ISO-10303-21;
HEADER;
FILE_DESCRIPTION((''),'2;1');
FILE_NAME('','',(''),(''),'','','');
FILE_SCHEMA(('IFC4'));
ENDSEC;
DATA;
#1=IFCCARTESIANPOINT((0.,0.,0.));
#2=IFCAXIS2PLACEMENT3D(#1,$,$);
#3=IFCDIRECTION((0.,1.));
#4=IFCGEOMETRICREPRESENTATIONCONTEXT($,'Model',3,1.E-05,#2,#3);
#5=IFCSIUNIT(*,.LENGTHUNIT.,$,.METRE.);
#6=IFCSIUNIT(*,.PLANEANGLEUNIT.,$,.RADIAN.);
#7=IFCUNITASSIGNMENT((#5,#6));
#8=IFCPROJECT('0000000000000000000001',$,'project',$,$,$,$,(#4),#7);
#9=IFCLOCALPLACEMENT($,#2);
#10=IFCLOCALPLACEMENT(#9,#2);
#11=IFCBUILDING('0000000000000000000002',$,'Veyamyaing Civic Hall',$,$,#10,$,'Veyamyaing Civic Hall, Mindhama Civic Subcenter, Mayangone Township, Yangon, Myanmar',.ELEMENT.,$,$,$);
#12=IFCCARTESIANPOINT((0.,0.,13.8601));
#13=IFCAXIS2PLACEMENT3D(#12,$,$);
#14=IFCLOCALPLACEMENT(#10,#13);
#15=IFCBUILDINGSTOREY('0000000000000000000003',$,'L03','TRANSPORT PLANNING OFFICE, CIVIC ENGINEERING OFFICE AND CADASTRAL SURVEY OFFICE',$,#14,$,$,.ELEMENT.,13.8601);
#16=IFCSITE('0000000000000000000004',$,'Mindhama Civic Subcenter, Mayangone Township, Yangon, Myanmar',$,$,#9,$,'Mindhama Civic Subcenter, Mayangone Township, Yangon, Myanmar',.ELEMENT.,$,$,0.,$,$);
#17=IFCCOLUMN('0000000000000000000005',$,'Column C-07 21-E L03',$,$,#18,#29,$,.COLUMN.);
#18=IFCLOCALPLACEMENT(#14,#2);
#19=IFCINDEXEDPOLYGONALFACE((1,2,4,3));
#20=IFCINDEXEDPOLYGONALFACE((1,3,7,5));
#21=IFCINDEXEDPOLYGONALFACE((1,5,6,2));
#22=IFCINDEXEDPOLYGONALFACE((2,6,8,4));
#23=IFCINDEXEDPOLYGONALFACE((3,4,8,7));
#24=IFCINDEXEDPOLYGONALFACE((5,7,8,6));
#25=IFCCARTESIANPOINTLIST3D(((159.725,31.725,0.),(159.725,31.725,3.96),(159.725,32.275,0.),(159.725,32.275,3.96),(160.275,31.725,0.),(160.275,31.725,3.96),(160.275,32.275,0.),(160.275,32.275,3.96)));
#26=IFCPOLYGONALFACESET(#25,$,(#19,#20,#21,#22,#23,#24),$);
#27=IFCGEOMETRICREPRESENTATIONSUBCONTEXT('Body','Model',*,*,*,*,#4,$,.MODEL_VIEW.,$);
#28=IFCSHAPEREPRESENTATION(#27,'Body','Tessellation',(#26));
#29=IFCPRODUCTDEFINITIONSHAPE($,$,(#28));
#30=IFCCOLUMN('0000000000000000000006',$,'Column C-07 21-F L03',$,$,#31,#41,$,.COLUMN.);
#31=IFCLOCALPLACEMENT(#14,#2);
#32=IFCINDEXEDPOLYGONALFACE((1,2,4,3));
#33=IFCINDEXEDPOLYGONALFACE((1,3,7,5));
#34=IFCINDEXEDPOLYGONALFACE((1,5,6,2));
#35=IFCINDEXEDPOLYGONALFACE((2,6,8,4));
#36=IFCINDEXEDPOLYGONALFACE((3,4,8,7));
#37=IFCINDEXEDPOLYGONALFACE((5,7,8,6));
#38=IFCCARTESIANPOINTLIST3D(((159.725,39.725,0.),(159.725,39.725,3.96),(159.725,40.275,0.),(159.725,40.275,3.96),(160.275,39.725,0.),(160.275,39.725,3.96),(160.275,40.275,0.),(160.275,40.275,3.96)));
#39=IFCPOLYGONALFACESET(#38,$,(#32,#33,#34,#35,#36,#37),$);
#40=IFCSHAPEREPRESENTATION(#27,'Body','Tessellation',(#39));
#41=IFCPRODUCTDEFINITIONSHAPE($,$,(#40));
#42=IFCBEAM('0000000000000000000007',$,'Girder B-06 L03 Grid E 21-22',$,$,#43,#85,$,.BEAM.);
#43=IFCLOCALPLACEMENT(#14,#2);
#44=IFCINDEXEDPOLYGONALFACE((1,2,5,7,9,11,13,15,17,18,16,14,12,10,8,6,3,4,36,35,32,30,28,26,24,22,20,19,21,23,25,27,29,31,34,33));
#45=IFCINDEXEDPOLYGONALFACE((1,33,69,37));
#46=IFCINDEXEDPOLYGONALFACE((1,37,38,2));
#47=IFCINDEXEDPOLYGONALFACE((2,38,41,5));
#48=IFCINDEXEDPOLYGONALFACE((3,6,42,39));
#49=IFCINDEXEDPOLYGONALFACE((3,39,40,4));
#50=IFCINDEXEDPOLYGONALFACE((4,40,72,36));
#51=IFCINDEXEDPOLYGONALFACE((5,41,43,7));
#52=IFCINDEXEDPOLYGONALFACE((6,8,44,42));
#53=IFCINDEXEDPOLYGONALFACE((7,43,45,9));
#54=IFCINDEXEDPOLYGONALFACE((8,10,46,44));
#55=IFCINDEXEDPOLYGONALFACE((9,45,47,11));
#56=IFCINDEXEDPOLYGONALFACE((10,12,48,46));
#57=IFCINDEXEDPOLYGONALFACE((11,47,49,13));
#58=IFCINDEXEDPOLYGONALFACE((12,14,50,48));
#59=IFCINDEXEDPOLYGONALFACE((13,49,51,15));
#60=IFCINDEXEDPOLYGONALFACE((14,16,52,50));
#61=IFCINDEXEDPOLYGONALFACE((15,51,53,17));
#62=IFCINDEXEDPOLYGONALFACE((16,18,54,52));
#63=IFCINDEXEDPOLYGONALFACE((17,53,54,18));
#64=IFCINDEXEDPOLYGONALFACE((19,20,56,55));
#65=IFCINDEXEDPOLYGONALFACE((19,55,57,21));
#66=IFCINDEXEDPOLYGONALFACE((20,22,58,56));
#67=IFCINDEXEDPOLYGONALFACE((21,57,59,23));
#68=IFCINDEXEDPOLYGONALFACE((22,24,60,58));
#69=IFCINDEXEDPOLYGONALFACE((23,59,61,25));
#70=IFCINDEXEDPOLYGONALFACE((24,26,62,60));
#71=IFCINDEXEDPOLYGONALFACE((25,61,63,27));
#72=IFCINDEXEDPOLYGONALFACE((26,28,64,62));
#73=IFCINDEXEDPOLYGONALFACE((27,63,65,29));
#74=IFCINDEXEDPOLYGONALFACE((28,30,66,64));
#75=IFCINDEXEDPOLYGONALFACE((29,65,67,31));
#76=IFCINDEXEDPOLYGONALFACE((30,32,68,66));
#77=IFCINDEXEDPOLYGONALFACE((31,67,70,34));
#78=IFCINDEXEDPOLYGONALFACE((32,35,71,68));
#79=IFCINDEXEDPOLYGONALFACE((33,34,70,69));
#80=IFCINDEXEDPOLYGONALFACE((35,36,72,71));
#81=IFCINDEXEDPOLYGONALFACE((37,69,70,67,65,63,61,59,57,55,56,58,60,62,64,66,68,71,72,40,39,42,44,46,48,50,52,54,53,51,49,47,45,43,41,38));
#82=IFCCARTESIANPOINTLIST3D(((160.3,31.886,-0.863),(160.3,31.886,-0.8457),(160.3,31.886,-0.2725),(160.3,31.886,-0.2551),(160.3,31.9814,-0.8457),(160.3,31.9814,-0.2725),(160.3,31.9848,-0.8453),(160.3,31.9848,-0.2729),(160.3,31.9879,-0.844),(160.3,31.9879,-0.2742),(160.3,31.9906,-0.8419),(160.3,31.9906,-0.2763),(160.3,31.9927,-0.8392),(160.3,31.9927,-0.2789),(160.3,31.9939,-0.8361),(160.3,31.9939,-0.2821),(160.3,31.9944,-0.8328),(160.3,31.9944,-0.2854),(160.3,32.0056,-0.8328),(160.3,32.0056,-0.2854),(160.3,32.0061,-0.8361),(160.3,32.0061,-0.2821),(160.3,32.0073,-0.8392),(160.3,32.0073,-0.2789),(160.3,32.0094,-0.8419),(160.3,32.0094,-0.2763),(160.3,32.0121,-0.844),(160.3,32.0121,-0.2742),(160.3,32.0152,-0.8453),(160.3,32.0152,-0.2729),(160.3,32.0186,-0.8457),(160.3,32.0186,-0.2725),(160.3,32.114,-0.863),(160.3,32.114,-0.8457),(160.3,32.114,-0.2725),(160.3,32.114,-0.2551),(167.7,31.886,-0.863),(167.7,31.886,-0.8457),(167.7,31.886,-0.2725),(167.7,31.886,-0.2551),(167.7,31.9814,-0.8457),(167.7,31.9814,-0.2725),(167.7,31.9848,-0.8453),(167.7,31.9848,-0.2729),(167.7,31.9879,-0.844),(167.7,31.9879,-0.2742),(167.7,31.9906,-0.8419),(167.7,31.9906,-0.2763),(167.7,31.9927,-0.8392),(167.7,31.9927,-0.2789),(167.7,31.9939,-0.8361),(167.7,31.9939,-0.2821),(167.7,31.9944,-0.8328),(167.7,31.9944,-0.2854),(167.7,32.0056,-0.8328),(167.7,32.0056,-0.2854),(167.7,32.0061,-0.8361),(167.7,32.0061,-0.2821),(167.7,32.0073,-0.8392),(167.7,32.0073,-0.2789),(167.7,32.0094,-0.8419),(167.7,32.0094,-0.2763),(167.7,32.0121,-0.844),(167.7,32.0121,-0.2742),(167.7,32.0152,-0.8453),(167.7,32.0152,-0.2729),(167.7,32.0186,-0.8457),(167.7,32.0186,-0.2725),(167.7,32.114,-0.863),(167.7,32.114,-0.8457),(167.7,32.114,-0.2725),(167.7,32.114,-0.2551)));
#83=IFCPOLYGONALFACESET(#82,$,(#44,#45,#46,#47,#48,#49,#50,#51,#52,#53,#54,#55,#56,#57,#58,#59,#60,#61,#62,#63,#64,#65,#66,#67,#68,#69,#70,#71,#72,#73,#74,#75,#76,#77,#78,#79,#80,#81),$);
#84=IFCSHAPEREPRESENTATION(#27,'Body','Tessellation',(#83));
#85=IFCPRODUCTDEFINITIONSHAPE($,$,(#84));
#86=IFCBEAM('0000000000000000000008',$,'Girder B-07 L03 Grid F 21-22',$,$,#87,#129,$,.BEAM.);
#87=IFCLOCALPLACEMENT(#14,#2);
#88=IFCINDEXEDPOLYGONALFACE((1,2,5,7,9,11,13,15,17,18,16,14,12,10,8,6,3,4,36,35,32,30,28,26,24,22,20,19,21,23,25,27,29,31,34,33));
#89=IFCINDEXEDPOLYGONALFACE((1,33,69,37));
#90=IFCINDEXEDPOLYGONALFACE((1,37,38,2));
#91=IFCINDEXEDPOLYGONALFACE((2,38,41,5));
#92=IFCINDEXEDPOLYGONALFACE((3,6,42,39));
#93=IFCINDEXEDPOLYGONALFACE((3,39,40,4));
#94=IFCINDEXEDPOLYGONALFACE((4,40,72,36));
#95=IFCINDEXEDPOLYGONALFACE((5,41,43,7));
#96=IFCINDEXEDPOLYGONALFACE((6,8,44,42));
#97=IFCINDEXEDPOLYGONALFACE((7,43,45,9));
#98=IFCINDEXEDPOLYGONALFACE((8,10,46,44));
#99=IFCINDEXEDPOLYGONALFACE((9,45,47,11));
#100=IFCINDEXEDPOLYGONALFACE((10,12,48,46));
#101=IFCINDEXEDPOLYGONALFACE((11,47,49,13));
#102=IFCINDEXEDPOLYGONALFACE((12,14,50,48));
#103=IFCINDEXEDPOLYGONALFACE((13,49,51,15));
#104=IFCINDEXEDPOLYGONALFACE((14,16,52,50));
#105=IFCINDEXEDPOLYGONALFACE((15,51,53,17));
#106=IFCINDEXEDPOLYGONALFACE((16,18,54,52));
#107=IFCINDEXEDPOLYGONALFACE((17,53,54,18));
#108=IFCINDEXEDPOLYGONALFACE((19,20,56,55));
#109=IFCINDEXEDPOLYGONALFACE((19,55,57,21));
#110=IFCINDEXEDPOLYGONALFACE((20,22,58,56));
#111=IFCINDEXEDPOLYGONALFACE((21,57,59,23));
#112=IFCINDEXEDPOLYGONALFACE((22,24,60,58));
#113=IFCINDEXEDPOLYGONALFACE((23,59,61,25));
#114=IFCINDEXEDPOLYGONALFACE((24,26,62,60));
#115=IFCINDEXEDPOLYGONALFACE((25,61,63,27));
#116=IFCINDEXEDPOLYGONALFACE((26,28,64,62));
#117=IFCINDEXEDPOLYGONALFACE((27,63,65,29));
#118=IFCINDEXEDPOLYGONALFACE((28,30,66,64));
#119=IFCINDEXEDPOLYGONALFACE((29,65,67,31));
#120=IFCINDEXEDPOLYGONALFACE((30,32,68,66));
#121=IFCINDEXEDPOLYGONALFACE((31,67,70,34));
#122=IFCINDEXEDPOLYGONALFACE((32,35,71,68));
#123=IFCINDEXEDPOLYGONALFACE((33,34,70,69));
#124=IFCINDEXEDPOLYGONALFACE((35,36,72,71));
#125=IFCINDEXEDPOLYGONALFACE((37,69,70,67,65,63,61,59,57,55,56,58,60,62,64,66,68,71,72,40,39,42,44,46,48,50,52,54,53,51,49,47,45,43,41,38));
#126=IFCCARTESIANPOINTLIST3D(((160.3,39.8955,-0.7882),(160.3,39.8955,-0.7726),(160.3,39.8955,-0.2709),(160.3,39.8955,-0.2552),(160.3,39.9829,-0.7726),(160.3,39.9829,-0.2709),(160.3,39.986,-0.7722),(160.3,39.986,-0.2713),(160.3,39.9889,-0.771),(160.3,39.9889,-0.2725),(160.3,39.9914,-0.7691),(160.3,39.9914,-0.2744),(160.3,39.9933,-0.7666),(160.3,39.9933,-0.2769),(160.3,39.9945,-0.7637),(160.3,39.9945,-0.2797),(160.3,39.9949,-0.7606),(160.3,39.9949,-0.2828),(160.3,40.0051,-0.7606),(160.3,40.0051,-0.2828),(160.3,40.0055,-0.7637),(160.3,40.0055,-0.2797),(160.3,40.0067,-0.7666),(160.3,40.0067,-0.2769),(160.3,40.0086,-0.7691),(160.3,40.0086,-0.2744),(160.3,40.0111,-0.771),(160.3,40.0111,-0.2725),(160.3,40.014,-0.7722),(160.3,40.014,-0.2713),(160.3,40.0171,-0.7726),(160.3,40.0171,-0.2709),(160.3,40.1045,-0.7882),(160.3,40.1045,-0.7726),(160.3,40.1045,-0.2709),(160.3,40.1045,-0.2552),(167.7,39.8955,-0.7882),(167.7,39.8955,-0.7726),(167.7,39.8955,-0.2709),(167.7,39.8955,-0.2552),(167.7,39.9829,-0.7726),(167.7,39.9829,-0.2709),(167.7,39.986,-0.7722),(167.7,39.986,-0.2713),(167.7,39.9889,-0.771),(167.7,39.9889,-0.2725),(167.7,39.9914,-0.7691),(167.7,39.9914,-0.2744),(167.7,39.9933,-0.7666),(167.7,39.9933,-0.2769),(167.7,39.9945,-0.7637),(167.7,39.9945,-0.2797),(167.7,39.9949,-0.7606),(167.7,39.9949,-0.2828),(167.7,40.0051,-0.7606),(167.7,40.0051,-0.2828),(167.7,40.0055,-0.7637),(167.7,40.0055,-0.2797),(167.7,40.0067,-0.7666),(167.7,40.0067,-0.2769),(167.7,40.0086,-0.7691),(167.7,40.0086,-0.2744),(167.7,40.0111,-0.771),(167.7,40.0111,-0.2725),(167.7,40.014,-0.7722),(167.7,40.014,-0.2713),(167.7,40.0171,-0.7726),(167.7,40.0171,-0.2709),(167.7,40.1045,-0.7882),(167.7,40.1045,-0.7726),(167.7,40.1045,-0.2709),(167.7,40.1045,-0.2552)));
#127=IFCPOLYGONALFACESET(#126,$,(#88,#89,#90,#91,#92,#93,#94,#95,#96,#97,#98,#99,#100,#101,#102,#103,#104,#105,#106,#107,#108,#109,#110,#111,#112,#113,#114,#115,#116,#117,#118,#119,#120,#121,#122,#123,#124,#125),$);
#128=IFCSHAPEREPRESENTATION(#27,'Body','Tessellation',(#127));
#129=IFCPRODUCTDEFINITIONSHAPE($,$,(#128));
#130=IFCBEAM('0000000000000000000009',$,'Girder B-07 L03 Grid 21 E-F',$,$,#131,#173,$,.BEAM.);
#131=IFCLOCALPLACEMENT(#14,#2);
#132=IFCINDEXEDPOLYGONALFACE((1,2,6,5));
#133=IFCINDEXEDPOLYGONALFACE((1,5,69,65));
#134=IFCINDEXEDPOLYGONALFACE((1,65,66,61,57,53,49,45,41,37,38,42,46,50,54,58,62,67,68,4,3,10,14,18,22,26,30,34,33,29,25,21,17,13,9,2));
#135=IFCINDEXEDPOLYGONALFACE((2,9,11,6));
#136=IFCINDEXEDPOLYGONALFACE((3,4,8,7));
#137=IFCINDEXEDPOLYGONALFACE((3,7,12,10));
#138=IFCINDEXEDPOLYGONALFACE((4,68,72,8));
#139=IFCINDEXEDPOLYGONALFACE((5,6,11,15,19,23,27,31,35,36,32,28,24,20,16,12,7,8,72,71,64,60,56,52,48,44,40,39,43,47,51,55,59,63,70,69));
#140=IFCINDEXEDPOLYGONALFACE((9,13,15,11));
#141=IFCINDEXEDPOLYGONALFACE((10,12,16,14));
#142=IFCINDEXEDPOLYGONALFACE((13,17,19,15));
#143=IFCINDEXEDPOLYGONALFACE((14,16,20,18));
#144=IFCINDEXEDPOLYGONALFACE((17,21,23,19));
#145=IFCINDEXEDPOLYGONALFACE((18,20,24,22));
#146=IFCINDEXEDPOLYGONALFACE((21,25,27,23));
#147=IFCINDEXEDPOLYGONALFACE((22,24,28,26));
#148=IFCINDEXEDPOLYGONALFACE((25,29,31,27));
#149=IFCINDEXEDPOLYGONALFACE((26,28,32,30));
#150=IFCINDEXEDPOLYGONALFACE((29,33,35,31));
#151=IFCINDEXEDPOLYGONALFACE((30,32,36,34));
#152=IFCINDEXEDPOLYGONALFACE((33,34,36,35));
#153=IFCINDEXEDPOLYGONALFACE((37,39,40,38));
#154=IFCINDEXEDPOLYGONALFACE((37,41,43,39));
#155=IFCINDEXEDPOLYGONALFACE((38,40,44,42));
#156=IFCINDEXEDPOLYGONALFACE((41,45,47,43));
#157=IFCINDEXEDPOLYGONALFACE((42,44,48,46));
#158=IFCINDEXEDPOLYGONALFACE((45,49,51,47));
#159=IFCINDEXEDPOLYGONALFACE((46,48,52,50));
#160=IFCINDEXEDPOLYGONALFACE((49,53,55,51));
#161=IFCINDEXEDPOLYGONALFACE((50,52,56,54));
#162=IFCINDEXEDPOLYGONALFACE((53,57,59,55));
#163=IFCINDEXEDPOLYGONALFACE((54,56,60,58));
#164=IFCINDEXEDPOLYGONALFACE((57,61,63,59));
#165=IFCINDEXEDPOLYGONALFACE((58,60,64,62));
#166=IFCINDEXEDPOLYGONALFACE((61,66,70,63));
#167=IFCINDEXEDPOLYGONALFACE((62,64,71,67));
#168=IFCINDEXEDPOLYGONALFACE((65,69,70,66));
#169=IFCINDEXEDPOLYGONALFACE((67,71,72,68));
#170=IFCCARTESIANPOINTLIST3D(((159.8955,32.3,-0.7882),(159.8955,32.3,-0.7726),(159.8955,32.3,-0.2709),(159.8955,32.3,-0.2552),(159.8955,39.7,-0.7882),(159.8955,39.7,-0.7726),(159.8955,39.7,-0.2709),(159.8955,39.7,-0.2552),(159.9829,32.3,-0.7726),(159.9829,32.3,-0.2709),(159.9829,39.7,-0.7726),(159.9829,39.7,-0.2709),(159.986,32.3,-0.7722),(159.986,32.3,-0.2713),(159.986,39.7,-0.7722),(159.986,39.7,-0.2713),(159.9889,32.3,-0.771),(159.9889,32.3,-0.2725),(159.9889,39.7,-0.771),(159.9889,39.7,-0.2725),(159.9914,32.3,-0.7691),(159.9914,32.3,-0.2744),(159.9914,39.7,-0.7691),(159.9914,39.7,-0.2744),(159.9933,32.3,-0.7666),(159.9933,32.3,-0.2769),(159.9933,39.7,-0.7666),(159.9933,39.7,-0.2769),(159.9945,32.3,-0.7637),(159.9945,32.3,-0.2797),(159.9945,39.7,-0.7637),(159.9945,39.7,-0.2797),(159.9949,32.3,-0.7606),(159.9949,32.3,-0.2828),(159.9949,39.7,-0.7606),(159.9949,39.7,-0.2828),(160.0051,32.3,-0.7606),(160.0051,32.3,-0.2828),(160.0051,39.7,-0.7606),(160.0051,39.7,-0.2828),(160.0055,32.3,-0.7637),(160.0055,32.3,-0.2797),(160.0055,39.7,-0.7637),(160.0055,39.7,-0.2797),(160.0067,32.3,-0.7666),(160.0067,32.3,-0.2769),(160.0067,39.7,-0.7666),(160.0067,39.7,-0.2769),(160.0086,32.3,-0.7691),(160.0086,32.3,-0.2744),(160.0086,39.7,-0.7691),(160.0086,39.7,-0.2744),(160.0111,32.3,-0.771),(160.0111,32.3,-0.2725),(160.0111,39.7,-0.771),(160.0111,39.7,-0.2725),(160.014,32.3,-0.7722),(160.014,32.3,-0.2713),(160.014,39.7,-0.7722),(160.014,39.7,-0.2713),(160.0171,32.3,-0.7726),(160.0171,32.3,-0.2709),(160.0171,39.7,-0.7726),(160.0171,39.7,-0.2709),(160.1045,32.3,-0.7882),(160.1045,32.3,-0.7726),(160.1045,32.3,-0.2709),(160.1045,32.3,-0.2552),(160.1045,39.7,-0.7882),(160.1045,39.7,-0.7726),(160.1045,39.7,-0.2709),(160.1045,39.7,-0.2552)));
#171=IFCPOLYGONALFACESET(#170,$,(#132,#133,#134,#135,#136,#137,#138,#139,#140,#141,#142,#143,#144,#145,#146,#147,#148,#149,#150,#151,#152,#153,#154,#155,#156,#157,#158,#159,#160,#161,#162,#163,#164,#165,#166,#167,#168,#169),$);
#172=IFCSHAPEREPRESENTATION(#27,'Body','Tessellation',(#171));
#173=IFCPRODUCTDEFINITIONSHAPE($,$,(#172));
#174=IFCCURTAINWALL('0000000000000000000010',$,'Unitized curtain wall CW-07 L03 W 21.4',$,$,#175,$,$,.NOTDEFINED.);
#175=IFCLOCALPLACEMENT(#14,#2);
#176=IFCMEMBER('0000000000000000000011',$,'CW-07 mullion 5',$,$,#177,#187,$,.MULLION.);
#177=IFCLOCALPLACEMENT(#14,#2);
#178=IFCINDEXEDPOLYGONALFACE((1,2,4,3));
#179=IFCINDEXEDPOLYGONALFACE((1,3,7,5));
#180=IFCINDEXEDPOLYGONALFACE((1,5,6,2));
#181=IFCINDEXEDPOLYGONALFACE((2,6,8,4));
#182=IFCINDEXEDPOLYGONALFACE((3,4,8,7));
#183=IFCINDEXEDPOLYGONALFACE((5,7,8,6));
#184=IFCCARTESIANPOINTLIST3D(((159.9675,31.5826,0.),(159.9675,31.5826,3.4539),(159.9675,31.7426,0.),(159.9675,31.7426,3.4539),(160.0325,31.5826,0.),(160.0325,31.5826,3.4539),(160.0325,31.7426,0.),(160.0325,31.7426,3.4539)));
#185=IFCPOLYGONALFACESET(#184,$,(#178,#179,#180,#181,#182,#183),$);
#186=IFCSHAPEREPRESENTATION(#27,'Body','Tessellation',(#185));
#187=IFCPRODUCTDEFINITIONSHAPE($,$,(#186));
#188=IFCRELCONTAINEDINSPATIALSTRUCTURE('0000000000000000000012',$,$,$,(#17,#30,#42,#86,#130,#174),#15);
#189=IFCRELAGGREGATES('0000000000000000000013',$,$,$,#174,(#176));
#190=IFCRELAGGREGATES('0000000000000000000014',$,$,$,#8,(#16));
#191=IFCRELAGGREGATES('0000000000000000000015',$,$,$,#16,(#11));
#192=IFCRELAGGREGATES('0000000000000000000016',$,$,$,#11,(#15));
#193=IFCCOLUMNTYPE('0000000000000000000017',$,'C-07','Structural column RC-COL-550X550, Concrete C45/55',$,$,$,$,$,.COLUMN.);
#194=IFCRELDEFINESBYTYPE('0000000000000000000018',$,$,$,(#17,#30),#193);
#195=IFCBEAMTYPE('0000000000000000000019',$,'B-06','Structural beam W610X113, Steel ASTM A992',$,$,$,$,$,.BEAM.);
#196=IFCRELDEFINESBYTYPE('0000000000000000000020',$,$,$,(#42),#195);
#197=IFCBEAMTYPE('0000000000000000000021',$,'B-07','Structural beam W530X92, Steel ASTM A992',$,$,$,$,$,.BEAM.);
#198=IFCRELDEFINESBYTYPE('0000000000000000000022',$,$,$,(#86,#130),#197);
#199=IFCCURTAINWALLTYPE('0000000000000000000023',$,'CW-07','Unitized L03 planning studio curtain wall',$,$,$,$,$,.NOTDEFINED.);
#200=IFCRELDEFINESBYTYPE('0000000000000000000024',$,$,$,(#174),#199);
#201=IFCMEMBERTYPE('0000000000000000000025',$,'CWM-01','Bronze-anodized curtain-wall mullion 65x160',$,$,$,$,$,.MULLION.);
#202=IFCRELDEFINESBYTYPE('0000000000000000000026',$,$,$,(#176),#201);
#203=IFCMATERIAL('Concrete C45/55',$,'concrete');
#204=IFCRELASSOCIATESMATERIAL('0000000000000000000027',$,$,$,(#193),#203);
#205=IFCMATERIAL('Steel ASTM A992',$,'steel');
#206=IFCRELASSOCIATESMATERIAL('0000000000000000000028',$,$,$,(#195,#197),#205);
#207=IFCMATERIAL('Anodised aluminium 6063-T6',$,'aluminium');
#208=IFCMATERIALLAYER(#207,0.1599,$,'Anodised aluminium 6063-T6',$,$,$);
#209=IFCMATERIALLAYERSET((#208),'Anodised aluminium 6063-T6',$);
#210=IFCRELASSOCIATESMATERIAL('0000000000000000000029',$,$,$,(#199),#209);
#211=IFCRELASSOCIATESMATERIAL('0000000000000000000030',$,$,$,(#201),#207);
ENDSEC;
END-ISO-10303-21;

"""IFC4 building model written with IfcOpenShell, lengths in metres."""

from ifc_helpers import new_model, si_unit, direction, frame, origin, origin_2d, place, context, subcontext, project, spatial, rectangle, i_section, extrude, material, layer, layer_set, material_profile, profile_set, type_object, element, aggregate, save


model = new_model("IFC4")

# Units and contexts
model_context = context("Model", 3, precision=1e-05, world=origin(), true_north=direction((0.0, 1.0)))
body_context = subcontext(model_context, "Body", "Model", "MODEL_VIEW")
ifc_project = project(units=[si_unit("LENGTHUNIT", "METRE"), si_unit("PLANEANGLEUNIT", "RADIAN")], contexts=[model_context])

# Site, building, storey
site_placement = place(None, origin())
site = spatial("IfcSite", under=ifc_project, at=site_placement, Name="Mindhama Civic Subcenter, Mayangone Township, Yangon, Myanmar", LongName="Mindhama Civic Subcenter, Mayangone Township, Yangon, Myanmar", CompositionType="ELEMENT", RefElevation=0.0)
building_placement = place(site_placement, origin())
building = spatial("IfcBuilding", under=site, at=building_placement, Name="Veyamyaing Civic Hall", LongName="Veyamyaing Civic Hall, Mindhama Civic Subcenter, Mayangone Township, Yangon, Myanmar", CompositionType="ELEMENT")
storey_placement = place(building_placement, frame((0.0, 0.0, 13.8601)))
storey = spatial("IfcBuildingStorey", under=building, at=storey_placement, Name="L03", Description="TRANSPORT PLANNING OFFICE, CIVIC ENGINEERING OFFICE AND CADASTRAL SURVEY OFFICE", CompositionType="ELEMENT", Elevation=13.8601)

# Columns
ifc_material_1 = material(Name="Concrete C45/55", Category="concrete")
ifc_material_profile_1 = material_profile(ifc_material_1, rectangle(XDim=0.55, YDim=0.55, at=origin_2d()), Name="RC-COL-550X550")
ifc_profile_set_1 = profile_set([ifc_material_profile_1], Name="Concrete C45/55")
column_type = type_object("IfcColumnType", Name="C-07", Description="Structural column RC-COL-550X550, Concrete C45/55", PredefinedType="COLUMN", material=ifc_profile_set_1)
for number, where, z_axis, x_axis, name in (
    (1, (160.0, 32.0, 0.0), (0.0, 0.0, 1.0), (1.0, 0.0, 0.0), "Column C-07 21-E L03"),
    (2, (160.0, 40.0, 0.0), (0.0, 0.0, 1.0), (1.0, 0.0, 0.0), "Column C-07 21-F L03"),
):
    element("IfcColumn", number, at=place(storey_placement, frame(where, z_axis=z_axis, x_axis=x_axis)), inside=storey, type_object=column_type, Name=name, PredefinedType="COLUMN", context=body_context, shape_type="SweptSolid", body=[
        extrude(rectangle(XDim=0.55, YDim=0.55, at=origin_2d()), origin(), (0.0, 0.0, 1.0), 3.96),
    ])

# Beams
ifc_material_2 = material(Name="Steel ASTM A992", Category="steel")
ifc_material_profile_2 = material_profile(ifc_material_2, i_section(OverallWidth=0.228, OverallDepth=0.6079, WebThickness=0.0112, FlangeThickness=0.0173, FilletRadius=0.0129, at=origin_2d()), Name="W610X113")
ifc_profile_set_2 = profile_set([ifc_material_profile_2], Name="Steel ASTM A992")
beam_type_1 = type_object("IfcBeamType", Name="B-06", Description="Structural beam W610X113, Steel ASTM A992", PredefinedType="BEAM", material=ifc_profile_set_2)
beam_placement = place(storey_placement, frame((160.3, 32.0, -0.5591), z_axis=(1.0, 0.0, 0.0), x_axis=(0.0, 1.0, 0.0)))
element("IfcBeam", 3, at=beam_placement, inside=storey, type_object=beam_type_1, Name="Girder B-06 L03 Grid E 21-22", PredefinedType="BEAM", context=body_context, shape_type="SweptSolid", body=[
    extrude(i_section(OverallWidth=0.228, OverallDepth=0.6079, WebThickness=0.0112, FlangeThickness=0.0173, FilletRadius=0.0129, at=origin_2d()), origin(), (0.0, 0.0, 1.0), 7.3999),
])
ifc_material_profile_3 = material_profile(ifc_material_2, i_section(OverallWidth=0.209, OverallDepth=0.533, WebThickness=0.0103, FlangeThickness=0.0156, FilletRadius=0.012, at=origin_2d()), Name="W530X92")
ifc_profile_set_3 = profile_set([ifc_material_profile_3], Name="Steel ASTM A992")
beam_type_2 = type_object("IfcBeamType", Name="B-07", Description="Structural beam W530X92, Steel ASTM A992", PredefinedType="BEAM", material=ifc_profile_set_3)
for number, where, z_axis, x_axis, name in (
    (4, (160.3, 40.0, -0.5217), (1.0, 0.0, 0.0), (0.0, 1.0, 0.0), "Girder B-07 L03 Grid F 21-22"),
    (5, (160.0, 32.3, -0.5217), (0.0, 1.0, 0.0), (-1.0, 0.0, 0.0), "Girder B-07 L03 Grid 21 E-F"),
):
    element("IfcBeam", number, at=place(storey_placement, frame(where, z_axis=z_axis, x_axis=x_axis)), inside=storey, type_object=beam_type_2, Name=name, PredefinedType="BEAM", context=body_context, shape_type="SweptSolid", body=[
        extrude(i_section(OverallWidth=0.209, OverallDepth=0.533, WebThickness=0.0103, FlangeThickness=0.0156, FilletRadius=0.012, at=origin_2d()), origin(), (0.0, 0.0, 1.0), 7.3999),
    ])

# Curtain wall, member
ifc_material_3 = material(Name="Anodised aluminium 6063-T6", Category="aluminium")
ifc_layer_1 = layer(ifc_material_3, 0.1599, Name="Anodised aluminium 6063-T6")
ifc_layer_set_1 = layer_set([ifc_layer_1], Name="Anodised aluminium 6063-T6")
curtain_wall_type = type_object("IfcCurtainWallType", Name="CW-07", Description="Unitized L03 planning studio curtain wall", PredefinedType="NOTDEFINED", material=ifc_layer_set_1)
curtain_wall_placement = place(storey_placement, origin())
curtain_wall = element("IfcCurtainWall", 6, at=curtain_wall_placement, inside=storey, type_object=curtain_wall_type, Name="Unitized curtain wall CW-07 L03 W 21.4", PredefinedType="NOTDEFINED")
ifc_material_profile_4 = material_profile(ifc_material_3, rectangle(XDim=0.0649, YDim=0.1599, at=origin_2d()), Name="ALU-MUL-65X160")
ifc_profile_set_4 = profile_set([ifc_material_profile_4], Name="Anodised aluminium 6063-T6")
member_type_1 = type_object("IfcMemberType", Name="CWM-01", Description="Bronze-anodized curtain-wall mullion 65x160", PredefinedType="MULLION", material=ifc_profile_set_4)
member_1_placement = place(storey_placement, frame((160.0, 31.6626, 0.0), z_axis=(0.0, 0.0, 1.0), x_axis=(-1.0, 0.0, 0.0)))
member_1 = element("IfcMember", 7, at=member_1_placement, type_object=member_type_1, Name="CW-07 mullion 5", PredefinedType="MULLION", context=body_context, shape_type="SweptSolid", body=[
    extrude(rectangle(XDim=0.0649, YDim=0.1599, at=origin_2d()), origin(), (0.0, 0.0, 1.0), 3.4539),
])

aggregate(curtain_wall, [member_1])

save(model, "model.ifc")
